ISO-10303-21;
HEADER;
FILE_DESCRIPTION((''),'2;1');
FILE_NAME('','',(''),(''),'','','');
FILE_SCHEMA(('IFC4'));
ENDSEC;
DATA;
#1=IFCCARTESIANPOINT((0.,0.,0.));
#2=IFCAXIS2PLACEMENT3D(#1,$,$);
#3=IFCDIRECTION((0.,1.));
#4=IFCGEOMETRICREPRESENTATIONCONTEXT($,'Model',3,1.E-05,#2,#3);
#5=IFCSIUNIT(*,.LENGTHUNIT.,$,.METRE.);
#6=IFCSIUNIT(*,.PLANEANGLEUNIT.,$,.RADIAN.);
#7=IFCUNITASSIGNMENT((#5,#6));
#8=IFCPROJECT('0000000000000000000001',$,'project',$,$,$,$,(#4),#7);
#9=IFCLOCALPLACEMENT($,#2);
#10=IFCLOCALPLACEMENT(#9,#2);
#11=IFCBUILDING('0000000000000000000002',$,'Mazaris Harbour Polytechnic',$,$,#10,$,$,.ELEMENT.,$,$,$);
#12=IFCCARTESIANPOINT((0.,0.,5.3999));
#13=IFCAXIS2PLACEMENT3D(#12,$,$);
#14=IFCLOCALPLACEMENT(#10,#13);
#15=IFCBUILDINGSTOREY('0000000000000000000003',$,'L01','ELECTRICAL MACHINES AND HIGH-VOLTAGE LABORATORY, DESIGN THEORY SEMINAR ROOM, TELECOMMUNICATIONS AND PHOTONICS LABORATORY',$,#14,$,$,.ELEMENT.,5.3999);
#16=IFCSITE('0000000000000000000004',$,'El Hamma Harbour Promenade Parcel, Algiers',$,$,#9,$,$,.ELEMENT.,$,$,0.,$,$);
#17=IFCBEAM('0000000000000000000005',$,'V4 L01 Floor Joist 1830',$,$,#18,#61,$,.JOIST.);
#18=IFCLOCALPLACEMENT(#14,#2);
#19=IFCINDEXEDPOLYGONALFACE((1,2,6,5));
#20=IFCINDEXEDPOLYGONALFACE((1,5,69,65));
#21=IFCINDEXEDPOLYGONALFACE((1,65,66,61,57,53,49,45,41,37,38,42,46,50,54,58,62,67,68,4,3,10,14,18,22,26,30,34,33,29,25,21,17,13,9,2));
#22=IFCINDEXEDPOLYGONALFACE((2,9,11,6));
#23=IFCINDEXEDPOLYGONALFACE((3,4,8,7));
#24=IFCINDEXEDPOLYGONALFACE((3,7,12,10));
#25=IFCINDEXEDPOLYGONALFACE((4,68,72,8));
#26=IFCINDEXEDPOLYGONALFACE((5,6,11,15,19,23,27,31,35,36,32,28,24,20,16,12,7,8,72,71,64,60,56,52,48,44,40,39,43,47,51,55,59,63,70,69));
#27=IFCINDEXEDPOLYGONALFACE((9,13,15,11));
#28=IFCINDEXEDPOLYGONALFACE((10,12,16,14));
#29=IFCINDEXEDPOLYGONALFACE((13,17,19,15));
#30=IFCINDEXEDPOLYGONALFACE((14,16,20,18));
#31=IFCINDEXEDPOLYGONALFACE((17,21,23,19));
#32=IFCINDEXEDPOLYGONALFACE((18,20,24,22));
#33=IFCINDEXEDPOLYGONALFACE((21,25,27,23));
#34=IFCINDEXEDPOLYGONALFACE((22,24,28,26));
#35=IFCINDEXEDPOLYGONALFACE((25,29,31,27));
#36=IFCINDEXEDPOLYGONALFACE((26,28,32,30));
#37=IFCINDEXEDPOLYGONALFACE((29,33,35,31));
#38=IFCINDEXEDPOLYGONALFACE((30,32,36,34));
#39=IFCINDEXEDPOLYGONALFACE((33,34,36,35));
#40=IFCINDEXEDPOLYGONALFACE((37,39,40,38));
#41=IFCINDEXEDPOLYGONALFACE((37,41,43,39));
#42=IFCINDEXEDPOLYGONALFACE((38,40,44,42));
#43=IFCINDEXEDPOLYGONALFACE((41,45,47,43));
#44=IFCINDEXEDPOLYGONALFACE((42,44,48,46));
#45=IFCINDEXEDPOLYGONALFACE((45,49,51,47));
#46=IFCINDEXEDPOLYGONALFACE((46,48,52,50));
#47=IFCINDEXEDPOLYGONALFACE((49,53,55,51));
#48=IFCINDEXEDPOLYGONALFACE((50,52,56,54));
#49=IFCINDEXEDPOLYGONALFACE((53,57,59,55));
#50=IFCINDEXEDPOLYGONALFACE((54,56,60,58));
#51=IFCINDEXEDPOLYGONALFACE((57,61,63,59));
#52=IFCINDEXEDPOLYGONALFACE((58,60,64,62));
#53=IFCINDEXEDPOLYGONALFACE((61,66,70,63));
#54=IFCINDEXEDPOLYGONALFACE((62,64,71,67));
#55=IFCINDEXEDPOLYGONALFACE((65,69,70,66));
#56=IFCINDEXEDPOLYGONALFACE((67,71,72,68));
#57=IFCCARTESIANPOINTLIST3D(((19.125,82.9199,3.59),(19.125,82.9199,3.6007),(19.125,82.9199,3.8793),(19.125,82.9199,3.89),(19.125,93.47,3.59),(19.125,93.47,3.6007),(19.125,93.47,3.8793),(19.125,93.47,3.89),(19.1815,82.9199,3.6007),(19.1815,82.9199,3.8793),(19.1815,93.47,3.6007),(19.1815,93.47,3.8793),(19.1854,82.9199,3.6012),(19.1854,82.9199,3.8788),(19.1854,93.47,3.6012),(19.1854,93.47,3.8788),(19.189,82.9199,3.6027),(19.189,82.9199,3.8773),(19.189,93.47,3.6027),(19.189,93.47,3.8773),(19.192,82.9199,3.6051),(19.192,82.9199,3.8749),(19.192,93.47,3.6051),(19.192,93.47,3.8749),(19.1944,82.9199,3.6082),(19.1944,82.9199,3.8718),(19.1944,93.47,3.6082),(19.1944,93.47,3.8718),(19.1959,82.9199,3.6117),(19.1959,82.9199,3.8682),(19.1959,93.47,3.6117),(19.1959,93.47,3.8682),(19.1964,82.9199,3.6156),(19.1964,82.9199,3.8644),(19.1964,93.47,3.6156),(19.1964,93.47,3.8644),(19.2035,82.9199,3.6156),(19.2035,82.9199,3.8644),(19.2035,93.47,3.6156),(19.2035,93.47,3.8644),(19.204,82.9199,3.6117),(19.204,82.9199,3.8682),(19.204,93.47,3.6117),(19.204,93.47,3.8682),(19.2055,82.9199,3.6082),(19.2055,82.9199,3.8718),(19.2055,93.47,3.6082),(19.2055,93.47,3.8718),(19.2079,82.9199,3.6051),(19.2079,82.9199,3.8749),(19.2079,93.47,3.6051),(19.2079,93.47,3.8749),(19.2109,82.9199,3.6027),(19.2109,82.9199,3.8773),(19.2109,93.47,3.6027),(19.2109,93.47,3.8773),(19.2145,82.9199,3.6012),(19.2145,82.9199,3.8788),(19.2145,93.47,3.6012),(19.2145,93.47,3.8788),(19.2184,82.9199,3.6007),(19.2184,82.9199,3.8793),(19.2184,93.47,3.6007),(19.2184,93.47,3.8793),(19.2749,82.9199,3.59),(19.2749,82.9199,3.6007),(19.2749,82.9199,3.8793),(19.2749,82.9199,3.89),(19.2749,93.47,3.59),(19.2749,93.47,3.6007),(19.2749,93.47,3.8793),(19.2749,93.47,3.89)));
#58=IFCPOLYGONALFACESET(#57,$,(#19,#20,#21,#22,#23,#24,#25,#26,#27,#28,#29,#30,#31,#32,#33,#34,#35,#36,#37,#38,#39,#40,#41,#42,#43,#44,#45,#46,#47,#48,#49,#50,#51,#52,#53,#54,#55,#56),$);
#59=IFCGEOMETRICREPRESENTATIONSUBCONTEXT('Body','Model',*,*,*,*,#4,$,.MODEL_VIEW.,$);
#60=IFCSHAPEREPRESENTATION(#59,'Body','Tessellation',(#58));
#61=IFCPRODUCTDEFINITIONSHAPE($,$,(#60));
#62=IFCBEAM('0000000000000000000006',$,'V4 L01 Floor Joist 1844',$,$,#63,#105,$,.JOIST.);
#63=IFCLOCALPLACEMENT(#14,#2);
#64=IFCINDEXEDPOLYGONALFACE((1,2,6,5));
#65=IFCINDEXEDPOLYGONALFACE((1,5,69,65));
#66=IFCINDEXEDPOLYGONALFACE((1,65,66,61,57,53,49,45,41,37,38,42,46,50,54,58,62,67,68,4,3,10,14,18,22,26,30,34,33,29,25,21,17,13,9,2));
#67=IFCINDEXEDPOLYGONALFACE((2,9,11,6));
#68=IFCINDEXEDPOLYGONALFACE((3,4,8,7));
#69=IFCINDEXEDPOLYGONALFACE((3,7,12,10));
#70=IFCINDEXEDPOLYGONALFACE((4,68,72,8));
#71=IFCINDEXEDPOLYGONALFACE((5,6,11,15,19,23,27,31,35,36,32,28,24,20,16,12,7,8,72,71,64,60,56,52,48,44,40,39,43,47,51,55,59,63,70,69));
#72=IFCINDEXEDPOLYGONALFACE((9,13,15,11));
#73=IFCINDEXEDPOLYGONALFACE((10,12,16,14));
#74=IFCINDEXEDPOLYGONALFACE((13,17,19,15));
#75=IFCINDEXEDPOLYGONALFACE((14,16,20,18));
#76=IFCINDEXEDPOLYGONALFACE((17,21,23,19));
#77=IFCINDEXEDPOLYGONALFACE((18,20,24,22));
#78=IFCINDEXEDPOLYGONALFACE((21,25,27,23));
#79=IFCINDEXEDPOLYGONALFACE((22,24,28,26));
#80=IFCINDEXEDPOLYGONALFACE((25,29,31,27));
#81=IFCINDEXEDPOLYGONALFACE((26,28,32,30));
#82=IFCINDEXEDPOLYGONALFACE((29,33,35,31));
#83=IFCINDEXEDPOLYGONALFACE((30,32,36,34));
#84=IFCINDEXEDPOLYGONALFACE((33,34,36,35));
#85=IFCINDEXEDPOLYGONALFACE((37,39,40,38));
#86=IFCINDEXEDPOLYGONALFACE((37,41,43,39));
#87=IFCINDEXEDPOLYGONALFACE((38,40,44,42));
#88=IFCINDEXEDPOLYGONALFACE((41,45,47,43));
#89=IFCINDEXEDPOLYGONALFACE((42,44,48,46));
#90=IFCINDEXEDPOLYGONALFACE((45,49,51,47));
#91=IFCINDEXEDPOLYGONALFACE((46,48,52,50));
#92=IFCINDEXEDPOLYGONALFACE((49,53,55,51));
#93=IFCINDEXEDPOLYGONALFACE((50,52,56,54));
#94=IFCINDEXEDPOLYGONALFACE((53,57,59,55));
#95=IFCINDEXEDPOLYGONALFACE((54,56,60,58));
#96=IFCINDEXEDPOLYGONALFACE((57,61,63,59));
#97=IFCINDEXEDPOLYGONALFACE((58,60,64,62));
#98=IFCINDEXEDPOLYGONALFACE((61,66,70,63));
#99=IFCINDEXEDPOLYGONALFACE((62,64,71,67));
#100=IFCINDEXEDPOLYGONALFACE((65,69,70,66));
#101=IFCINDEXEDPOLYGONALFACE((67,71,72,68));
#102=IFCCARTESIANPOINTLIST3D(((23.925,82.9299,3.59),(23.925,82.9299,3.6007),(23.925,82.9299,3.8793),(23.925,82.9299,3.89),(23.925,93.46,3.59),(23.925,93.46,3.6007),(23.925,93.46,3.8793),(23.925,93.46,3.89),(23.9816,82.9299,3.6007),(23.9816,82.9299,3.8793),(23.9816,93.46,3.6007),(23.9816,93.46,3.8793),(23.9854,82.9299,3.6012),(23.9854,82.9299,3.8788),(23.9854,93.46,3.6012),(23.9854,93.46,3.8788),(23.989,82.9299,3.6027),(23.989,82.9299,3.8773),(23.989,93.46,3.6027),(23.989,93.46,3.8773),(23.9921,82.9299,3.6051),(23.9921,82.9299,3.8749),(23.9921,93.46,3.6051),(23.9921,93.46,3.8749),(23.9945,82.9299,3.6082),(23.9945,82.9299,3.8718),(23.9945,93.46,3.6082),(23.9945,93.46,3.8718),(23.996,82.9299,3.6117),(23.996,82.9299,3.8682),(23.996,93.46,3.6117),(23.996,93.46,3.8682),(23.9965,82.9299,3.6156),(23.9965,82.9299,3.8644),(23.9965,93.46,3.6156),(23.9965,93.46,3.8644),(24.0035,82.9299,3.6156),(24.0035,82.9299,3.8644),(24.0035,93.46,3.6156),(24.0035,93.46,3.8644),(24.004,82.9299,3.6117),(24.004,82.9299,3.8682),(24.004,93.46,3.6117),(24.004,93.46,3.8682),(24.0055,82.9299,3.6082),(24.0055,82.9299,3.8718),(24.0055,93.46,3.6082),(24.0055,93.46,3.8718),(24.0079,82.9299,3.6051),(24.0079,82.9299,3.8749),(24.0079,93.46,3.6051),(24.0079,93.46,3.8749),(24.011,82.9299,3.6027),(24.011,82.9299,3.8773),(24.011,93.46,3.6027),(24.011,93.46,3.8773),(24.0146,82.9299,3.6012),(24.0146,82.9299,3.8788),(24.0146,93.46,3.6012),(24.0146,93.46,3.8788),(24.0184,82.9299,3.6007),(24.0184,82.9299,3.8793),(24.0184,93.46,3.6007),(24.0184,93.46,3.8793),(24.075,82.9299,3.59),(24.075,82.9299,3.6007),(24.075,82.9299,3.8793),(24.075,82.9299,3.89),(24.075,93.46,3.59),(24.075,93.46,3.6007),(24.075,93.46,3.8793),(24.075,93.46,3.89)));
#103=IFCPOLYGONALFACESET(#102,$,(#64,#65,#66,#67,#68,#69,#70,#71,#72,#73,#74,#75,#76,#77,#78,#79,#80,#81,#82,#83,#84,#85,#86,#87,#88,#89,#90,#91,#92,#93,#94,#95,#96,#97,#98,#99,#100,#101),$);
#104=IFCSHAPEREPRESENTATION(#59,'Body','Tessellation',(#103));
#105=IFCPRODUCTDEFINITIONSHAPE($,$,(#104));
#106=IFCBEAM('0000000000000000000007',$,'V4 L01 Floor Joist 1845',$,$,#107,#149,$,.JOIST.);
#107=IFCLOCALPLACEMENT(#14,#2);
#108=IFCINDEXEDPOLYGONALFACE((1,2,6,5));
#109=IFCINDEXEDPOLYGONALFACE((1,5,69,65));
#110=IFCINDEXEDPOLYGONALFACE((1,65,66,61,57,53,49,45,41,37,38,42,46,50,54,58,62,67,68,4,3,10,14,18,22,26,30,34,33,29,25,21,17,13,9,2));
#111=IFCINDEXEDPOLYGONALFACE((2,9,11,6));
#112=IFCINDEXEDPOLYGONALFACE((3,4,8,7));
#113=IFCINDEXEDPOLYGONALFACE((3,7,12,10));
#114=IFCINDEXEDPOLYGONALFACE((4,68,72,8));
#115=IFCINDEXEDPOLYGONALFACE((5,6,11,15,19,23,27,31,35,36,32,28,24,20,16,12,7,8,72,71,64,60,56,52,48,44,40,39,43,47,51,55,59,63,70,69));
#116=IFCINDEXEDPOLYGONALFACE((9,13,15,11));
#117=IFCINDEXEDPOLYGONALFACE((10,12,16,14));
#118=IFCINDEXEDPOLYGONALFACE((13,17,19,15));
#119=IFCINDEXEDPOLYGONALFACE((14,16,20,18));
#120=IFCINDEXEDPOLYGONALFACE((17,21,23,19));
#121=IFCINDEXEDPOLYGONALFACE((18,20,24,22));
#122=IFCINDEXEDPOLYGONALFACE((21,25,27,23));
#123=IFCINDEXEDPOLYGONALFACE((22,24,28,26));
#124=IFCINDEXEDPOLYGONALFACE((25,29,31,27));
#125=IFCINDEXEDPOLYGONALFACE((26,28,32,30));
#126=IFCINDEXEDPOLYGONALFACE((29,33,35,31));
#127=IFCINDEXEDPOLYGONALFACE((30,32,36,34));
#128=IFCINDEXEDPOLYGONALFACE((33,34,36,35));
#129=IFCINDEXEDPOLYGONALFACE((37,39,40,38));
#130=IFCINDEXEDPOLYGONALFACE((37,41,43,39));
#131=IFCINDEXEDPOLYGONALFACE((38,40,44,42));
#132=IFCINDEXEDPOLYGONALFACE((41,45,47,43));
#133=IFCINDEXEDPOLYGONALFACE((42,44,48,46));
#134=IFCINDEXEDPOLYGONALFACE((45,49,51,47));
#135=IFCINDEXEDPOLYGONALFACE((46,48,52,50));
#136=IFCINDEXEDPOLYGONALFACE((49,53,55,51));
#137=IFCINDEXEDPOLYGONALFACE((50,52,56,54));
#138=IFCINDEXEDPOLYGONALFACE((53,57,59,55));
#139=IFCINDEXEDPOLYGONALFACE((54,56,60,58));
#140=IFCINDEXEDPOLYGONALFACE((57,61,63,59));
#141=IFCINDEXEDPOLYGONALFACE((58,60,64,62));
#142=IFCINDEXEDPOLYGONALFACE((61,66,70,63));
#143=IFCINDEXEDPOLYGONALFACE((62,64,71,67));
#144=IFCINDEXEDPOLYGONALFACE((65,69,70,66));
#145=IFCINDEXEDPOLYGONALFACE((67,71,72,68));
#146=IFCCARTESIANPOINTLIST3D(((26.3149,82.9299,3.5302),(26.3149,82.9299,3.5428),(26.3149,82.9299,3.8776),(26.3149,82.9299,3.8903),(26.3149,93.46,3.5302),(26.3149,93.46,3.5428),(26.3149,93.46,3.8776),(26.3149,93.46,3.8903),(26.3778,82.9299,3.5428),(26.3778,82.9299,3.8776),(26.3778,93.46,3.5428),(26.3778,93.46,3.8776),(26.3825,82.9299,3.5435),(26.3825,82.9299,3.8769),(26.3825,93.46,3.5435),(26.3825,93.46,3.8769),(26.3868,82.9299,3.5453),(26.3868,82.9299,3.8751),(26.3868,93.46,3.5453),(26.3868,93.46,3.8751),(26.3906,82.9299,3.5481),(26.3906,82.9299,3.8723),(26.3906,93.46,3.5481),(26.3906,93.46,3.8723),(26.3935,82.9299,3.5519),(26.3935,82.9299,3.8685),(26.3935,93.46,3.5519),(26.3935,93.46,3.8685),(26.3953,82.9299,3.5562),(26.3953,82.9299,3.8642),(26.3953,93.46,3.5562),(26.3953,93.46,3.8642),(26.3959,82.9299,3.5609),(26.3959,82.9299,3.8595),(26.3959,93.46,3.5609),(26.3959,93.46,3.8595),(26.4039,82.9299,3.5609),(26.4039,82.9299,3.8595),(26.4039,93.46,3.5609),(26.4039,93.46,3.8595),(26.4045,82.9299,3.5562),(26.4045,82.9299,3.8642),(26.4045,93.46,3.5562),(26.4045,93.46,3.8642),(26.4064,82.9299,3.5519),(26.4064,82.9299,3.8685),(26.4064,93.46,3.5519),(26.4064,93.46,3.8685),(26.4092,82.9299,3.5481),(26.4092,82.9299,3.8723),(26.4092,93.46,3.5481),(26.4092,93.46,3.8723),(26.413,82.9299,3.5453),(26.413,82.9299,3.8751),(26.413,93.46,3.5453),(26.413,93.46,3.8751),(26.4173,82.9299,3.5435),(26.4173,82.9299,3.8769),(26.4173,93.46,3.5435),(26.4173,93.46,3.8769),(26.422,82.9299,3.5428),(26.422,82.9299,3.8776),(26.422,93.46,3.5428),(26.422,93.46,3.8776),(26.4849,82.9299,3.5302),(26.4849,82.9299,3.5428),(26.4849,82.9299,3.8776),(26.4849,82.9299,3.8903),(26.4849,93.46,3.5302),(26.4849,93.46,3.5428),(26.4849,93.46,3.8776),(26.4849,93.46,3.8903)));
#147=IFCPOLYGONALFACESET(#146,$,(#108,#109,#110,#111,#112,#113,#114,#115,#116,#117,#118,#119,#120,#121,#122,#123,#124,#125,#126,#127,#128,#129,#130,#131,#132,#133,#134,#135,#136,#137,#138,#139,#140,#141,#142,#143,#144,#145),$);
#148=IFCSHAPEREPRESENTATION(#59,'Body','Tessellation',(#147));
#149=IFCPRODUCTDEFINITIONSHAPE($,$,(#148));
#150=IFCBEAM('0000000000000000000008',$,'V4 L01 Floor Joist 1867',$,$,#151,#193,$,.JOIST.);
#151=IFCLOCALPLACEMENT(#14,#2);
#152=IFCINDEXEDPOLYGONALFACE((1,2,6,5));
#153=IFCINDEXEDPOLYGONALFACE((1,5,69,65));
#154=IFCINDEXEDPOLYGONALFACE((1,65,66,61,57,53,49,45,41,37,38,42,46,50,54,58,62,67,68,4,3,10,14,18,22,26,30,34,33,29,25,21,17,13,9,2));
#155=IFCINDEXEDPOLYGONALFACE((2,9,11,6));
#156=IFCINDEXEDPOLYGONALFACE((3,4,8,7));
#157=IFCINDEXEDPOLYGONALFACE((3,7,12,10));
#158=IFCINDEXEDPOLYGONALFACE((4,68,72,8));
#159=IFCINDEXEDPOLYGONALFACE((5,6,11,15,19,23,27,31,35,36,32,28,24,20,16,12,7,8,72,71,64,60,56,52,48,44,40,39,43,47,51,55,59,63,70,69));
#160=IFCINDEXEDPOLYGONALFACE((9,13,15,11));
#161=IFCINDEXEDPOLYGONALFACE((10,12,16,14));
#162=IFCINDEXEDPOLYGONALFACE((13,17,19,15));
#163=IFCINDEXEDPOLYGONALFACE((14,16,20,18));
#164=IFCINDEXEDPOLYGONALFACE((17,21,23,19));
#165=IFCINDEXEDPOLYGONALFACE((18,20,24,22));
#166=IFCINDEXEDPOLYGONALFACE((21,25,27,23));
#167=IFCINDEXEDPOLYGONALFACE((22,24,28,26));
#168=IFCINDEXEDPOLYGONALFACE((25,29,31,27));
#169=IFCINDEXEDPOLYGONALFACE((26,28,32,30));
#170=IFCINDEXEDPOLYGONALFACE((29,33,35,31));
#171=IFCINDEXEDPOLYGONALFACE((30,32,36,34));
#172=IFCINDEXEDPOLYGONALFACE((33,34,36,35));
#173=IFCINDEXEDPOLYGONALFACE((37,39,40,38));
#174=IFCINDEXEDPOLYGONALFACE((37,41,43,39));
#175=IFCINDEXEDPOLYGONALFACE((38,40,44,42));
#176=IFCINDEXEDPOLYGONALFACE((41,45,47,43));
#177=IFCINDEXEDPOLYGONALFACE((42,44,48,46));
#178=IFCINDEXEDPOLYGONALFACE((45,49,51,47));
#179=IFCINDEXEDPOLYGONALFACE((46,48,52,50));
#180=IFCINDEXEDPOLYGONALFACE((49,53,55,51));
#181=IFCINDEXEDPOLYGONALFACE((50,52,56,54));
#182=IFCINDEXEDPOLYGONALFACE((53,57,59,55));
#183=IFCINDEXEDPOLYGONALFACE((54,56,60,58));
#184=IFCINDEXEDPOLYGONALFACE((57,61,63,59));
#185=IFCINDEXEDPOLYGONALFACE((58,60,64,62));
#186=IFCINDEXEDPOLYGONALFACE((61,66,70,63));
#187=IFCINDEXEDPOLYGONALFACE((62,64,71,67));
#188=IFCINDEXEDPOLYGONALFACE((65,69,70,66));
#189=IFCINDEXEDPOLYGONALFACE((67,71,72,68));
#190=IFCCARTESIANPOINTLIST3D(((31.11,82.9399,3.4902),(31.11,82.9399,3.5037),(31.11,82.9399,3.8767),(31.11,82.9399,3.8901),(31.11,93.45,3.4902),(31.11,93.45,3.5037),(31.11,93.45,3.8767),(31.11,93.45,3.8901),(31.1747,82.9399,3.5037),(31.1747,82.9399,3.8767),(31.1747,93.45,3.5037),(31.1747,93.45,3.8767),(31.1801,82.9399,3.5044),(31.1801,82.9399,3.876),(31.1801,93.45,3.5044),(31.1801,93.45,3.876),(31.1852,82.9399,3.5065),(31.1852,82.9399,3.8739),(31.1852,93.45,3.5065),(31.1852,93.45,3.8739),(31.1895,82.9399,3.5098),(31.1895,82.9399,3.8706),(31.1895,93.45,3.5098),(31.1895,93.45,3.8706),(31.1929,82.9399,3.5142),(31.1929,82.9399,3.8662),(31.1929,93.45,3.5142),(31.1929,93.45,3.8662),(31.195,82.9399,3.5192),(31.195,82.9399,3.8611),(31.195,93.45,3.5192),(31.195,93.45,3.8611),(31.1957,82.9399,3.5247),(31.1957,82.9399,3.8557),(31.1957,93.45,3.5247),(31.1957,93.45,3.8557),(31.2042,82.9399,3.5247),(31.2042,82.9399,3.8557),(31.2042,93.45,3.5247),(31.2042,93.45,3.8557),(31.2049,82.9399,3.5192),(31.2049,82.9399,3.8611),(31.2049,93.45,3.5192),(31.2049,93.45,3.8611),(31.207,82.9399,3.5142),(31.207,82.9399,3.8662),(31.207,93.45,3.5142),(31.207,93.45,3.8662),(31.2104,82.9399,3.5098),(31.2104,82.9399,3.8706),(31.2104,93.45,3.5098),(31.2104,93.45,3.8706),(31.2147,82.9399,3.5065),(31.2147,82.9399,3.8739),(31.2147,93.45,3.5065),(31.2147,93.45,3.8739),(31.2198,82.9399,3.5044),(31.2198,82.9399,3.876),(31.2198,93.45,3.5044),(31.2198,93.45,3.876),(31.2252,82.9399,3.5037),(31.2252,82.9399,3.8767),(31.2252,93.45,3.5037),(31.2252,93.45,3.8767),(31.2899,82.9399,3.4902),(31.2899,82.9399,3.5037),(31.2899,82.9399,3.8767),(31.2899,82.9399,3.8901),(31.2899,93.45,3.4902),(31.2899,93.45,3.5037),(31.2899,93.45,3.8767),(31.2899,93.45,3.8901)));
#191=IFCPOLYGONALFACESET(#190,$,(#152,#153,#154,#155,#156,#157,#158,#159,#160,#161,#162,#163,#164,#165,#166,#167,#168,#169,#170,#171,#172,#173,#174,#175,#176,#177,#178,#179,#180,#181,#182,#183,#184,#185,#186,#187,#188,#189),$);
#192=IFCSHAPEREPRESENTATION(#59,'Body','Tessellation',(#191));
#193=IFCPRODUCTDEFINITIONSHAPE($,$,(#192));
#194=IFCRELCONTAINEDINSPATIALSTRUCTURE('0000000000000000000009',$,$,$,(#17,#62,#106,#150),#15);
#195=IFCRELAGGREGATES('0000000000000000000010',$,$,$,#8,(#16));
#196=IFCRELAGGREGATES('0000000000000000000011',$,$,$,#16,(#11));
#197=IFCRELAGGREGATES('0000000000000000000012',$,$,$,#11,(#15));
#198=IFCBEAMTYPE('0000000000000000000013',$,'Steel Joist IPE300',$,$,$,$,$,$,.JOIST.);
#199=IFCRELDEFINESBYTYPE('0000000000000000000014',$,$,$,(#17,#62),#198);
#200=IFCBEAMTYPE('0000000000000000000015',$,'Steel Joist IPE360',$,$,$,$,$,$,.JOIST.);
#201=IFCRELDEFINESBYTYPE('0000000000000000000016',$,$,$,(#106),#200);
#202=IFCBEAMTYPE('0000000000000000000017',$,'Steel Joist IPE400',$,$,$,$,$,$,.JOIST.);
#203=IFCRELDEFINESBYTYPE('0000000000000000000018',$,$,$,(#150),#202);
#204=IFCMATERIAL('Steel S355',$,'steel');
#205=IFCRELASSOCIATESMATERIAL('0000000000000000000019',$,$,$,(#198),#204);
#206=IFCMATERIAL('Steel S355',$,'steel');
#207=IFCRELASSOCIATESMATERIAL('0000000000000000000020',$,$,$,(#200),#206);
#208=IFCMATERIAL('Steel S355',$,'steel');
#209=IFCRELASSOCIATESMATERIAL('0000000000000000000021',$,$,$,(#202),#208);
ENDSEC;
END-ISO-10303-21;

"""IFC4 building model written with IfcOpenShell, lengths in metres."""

from ifc_helpers import new_model, si_unit, direction, frame, origin, origin_2d, place, context, subcontext, project, spatial, i_section, extrude, material, material_profile, profile_set, type_object, element, save


model = new_model("IFC4")

# Units and contexts
model_context = context("Model", 3, precision=1e-05, world=origin(), true_north=direction((0.0, 1.0)))
body_context = subcontext(model_context, "Body", "Model", "MODEL_VIEW")
ifc_project = project(units=[si_unit("LENGTHUNIT", "METRE"), si_unit("PLANEANGLEUNIT", "RADIAN")], contexts=[model_context])

# Site, building, storey
site_placement = place(None, origin())
site = spatial("IfcSite", under=ifc_project, at=site_placement, Name="El Hamma Harbour Promenade Parcel, Algiers", CompositionType="ELEMENT", RefElevation=0.0)
building_placement = place(site_placement, origin())
building = spatial("IfcBuilding", under=site, at=building_placement, Name="Mazaris Harbour Polytechnic", CompositionType="ELEMENT")
storey_placement = place(building_placement, frame((0.0, 0.0, 5.3999)))
storey = spatial("IfcBuildingStorey", under=building, at=storey_placement, Name="L01", Description="ELECTRICAL MACHINES AND HIGH-VOLTAGE LABORATORY, DESIGN THEORY SEMINAR ROOM, TELECOMMUNICATIONS AND PHOTONICS LABORATORY", CompositionType="ELEMENT", Elevation=5.3999)

# Beams
ifc_material_1 = material(Name="Steel S355", Category="steel")
ifc_material_profile_1 = material_profile(ifc_material_1, i_section(OverallWidth=0.1499, OverallDepth=0.3, WebThickness=0.0071, FlangeThickness=0.0107, FilletRadius=0.0149, at=origin_2d()), Name="IPE 300")
ifc_profile_set_1 = profile_set([ifc_material_profile_1], Name="Steel S355")
beam_type_1 = type_object("IfcBeamType", Name="Steel Joist IPE300", PredefinedType="JOIST", material=ifc_profile_set_1)
beam_1_placement = place(storey_placement, frame((19.2, 82.9199, 3.74), z_axis=(0.0, 1.0, 0.0), x_axis=(-1.0, 0.0, 0.0)))
element("IfcBeam", 1, at=beam_1_placement, inside=storey, type_object=beam_type_1, Name="V4 L01 Floor Joist 1830", PredefinedType="JOIST", context=body_context, shape_type="SweptSolid", body=[
    extrude(i_section(OverallWidth=0.1499, OverallDepth=0.3, WebThickness=0.0071, FlangeThickness=0.0107, FilletRadius=0.0149, at=origin_2d()), origin(), (0.0, 0.0, 1.0), 10.55),
])
beam_2_placement = place(storey_placement, frame((24.0, 82.9299, 3.74), z_axis=(0.0, 1.0, 0.0), x_axis=(-1.0, 0.0, 0.0)))
element("IfcBeam", 2, at=beam_2_placement, inside=storey, type_object=beam_type_1, Name="V4 L01 Floor Joist 1844", PredefinedType="JOIST", context=body_context, shape_type="SweptSolid", body=[
    extrude(i_section(OverallWidth=0.1499, OverallDepth=0.3, WebThickness=0.0071, FlangeThickness=0.0107, FilletRadius=0.0149, at=origin_2d()), origin(), (0.0, 0.0, 1.0), 10.53),
])
ifc_material_2 = material(Name="Steel S355", Category="steel")
ifc_material_profile_2 = material_profile(ifc_material_2, i_section(OverallWidth=0.1699, OverallDepth=0.3601, WebThickness=0.0081, FlangeThickness=0.0127, FilletRadius=0.0181, at=origin_2d()), Name="IPE 360")
ifc_profile_set_2 = profile_set([ifc_material_profile_2], Name="Steel S355")
beam_type_2 = type_object("IfcBeamType", Name="Steel Joist IPE360", PredefinedType="JOIST", material=ifc_profile_set_2)
beam_3_placement = place(storey_placement, frame((26.3999, 82.9299, 3.7102), z_axis=(0.0, 1.0, 0.0), x_axis=(-1.0, 0.0, 0.0)))
element("IfcBeam", 3, at=beam_3_placement, inside=storey, type_object=beam_type_2, Name="V4 L01 Floor Joist 1845", PredefinedType="JOIST", context=body_context, shape_type="SweptSolid", body=[
    extrude(i_section(OverallWidth=0.1699, OverallDepth=0.3601, WebThickness=0.0081, FlangeThickness=0.0127, FilletRadius=0.0181, at=origin_2d()), origin(), (0.0, 0.0, 1.0), 10.53),
])
ifc_material_3 = material(Name="Steel S355", Category="steel")
ifc_material_profile_3 = material_profile(ifc_material_3, i_section(OverallWidth=0.1799, OverallDepth=0.3999, WebThickness=0.0085, FlangeThickness=0.0134, FilletRadius=0.021, at=origin_2d()), Name="IPE 400")
ifc_profile_set_3 = profile_set([ifc_material_profile_3], Name="Steel S355")
beam_type_3 = type_object("IfcBeamType", Name="Steel Joist IPE400", PredefinedType="JOIST", material=ifc_profile_set_3)
beam_4_placement = place(storey_placement, frame((31.2, 82.9399, 3.6902), z_axis=(0.0, 1.0, 0.0), x_axis=(-1.0, 0.0, 0.0)))
element("IfcBeam", 4, at=beam_4_placement, inside=storey, type_object=beam_type_3, Name="V4 L01 Floor Joist 1867", PredefinedType="JOIST", context=body_context, shape_type="SweptSolid", body=[
    extrude(i_section(OverallWidth=0.1799, OverallDepth=0.3999, WebThickness=0.0085, FlangeThickness=0.0134, FilletRadius=0.021, at=origin_2d()), origin(), (0.0, 0.0, 1.0), 10.51),
])

save(model, "model.ifc")
